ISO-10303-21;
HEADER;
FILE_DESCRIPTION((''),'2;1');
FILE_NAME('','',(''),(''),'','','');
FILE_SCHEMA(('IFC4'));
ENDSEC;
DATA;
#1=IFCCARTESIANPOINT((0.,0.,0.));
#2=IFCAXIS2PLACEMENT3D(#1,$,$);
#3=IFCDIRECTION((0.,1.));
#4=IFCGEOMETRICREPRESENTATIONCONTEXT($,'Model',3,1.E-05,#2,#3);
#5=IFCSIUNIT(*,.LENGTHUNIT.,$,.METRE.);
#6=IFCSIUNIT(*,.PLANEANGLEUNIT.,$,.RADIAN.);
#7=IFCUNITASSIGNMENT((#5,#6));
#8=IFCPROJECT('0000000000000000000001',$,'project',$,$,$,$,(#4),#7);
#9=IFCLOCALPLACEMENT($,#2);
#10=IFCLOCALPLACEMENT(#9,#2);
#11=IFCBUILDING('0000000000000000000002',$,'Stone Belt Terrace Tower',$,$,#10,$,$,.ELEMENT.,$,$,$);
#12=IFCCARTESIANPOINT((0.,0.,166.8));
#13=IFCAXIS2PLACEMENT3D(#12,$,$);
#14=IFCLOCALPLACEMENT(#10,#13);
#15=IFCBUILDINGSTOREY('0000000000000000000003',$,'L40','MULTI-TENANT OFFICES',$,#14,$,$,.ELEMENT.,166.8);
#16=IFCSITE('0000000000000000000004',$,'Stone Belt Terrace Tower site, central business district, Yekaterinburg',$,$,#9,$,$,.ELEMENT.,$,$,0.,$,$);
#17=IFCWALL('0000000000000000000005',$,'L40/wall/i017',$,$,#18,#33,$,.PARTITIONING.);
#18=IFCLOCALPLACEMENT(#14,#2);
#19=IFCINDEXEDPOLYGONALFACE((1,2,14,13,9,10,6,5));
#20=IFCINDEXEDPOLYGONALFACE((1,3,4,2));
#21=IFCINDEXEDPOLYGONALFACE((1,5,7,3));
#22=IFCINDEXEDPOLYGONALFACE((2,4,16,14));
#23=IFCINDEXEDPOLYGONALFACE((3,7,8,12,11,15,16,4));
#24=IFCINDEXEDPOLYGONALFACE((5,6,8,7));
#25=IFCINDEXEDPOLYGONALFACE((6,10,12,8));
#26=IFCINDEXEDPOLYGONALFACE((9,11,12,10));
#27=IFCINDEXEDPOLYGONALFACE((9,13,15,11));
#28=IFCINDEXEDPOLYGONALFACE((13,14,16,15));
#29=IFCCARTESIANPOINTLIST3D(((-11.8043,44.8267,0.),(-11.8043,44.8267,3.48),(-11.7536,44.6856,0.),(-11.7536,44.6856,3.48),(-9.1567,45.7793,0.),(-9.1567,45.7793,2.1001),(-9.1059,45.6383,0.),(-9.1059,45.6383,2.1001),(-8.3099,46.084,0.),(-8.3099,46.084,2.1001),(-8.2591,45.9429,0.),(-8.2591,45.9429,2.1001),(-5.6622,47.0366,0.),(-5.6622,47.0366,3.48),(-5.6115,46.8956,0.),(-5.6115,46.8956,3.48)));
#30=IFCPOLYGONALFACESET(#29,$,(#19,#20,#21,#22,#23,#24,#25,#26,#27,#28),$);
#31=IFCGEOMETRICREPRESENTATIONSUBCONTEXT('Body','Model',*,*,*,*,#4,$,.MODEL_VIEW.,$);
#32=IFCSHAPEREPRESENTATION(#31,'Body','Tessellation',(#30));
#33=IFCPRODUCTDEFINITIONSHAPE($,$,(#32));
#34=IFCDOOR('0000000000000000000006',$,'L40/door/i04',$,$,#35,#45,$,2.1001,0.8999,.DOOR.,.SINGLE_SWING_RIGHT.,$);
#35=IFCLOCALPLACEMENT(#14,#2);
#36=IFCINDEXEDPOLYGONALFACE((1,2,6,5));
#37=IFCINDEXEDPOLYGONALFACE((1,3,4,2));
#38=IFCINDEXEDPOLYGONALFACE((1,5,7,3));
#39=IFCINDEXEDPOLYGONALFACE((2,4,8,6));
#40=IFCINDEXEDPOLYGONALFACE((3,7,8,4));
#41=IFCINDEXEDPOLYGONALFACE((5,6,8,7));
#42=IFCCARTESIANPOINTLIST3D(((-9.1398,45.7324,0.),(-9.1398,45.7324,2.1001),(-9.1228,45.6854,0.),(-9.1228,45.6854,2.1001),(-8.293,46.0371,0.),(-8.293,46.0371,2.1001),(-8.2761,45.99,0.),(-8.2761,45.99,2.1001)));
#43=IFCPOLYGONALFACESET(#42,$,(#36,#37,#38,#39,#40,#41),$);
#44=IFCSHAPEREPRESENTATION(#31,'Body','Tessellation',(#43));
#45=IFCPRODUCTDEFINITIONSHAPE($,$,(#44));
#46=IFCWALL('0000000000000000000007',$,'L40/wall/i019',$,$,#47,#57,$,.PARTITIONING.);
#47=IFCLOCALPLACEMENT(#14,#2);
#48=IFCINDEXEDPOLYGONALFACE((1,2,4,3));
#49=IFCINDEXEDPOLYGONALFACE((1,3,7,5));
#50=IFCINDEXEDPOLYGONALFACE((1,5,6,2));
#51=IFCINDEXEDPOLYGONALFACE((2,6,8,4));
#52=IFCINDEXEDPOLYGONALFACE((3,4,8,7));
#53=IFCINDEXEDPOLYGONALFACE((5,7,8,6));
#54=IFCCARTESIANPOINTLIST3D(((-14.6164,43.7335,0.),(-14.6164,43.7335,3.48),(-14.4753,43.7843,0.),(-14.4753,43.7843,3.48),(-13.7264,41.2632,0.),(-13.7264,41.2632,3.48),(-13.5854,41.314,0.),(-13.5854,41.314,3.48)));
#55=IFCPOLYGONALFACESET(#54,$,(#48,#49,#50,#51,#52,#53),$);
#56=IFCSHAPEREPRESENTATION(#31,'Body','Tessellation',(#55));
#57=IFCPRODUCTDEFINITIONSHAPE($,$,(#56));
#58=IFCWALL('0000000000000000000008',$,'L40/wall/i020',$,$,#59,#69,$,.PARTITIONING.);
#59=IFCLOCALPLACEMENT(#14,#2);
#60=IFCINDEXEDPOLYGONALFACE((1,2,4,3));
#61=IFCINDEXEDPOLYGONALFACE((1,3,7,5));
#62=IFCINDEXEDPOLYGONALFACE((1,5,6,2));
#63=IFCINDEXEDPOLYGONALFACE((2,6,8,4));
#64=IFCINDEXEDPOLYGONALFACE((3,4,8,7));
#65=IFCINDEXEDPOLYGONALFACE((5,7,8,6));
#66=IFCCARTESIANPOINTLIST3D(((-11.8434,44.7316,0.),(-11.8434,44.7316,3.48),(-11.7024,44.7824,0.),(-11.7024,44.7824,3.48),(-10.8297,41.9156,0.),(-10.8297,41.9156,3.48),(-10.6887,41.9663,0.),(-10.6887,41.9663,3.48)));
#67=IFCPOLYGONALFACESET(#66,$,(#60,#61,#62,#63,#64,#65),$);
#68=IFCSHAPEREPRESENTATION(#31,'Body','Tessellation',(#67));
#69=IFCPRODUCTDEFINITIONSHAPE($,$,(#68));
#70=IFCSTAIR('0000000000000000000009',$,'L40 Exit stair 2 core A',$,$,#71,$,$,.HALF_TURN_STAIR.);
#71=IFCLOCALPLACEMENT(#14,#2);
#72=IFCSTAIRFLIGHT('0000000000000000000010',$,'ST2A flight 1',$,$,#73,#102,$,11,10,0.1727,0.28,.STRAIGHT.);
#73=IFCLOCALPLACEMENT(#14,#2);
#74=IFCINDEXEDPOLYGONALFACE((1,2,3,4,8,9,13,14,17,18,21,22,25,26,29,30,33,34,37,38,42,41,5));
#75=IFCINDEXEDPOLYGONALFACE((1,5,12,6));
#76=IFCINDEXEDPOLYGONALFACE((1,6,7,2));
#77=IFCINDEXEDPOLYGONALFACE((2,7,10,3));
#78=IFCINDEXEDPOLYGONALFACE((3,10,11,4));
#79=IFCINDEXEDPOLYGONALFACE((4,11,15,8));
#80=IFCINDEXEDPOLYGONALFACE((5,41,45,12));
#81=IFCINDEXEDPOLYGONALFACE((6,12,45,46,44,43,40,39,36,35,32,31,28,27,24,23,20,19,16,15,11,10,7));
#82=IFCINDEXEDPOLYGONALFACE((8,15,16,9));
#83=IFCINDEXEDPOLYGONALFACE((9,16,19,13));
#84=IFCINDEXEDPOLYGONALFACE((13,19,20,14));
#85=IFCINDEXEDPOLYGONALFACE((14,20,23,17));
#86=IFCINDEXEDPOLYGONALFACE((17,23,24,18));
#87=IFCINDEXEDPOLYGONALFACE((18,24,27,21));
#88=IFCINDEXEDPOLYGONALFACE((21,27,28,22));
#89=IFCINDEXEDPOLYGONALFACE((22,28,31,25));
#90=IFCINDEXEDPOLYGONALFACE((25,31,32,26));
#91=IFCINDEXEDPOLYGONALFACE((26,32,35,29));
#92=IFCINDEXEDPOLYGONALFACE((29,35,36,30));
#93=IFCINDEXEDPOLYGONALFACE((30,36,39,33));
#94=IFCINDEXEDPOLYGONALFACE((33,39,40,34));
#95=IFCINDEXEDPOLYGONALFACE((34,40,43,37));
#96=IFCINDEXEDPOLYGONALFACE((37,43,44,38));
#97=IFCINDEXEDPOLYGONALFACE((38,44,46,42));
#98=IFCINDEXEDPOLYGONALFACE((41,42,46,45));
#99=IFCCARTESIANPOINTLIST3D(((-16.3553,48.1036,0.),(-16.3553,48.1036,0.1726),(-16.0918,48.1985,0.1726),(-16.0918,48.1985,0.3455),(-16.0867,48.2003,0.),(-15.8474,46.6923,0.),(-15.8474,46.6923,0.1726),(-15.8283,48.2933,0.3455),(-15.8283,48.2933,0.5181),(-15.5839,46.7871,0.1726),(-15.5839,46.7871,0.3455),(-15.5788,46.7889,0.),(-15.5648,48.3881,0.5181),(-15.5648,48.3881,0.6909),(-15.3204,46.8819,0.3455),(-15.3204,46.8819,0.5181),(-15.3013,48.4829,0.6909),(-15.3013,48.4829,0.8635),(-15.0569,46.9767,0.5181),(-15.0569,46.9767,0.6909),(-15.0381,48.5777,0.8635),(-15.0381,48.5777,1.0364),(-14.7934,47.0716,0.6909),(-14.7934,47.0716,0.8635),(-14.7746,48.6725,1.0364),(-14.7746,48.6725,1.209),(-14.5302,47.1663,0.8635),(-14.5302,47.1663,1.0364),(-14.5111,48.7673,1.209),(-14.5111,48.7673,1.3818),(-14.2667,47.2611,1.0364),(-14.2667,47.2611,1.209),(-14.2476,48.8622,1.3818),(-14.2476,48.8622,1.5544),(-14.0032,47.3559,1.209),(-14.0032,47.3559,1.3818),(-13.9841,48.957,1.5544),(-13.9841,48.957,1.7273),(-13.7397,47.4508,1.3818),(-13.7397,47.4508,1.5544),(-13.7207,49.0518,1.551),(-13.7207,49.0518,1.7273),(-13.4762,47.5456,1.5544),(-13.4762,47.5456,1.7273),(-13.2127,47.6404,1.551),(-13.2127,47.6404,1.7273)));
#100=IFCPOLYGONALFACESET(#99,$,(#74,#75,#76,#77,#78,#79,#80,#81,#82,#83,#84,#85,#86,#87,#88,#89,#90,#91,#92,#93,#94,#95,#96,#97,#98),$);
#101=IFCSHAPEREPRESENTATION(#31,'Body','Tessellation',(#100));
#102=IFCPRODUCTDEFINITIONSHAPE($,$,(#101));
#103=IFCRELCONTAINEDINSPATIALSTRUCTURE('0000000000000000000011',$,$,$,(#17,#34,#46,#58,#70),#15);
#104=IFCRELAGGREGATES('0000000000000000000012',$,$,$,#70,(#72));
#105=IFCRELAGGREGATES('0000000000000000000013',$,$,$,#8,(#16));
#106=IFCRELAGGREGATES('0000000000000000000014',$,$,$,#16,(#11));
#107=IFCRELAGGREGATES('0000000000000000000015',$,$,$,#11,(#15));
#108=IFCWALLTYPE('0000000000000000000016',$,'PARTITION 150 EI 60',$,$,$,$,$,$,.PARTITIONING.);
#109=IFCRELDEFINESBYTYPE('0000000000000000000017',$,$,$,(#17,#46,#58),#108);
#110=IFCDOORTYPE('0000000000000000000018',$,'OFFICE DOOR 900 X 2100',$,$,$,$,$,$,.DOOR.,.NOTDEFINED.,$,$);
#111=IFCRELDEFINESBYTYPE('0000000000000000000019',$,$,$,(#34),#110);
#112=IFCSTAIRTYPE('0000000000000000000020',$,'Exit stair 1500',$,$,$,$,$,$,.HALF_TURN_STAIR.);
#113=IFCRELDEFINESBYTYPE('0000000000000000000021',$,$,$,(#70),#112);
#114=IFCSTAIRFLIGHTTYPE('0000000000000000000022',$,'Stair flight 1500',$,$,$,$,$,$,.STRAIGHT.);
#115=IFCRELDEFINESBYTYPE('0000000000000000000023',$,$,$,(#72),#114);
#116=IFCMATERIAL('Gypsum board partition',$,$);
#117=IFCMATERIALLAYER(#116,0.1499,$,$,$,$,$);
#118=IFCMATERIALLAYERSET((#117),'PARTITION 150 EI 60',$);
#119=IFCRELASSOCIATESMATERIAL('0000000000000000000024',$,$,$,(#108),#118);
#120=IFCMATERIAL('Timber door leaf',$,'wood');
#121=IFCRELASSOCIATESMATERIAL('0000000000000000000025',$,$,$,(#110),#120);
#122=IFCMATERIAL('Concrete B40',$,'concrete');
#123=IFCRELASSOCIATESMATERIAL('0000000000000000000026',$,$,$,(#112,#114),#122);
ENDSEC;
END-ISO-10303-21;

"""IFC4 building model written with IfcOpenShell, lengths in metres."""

from ifc_helpers import new_model, si_unit, direction, frame, frame_2d, origin, place, context, subcontext, project, spatial, polyline, rectangle, outline, extrude, material, layer, layer_set, type_object, element, fill, aggregate, save


model = new_model("IFC4")

# Units and contexts
model_context = context("Model", 3, precision=1e-05, world=origin(), true_north=direction((0.0, 1.0)))
body_context = subcontext(model_context, "Body", "Model", "MODEL_VIEW")
ifc_project = project(units=[si_unit("LENGTHUNIT", "METRE"), si_unit("PLANEANGLEUNIT", "RADIAN")], contexts=[model_context])

# Site, building, storey
site_placement = place(None, origin())
site = spatial("IfcSite", under=ifc_project, at=site_placement, Name="Stone Belt Terrace Tower site, central business district, Yekaterinburg", CompositionType="ELEMENT", RefElevation=0.0)
building_placement = place(site_placement, origin())
building = spatial("IfcBuilding", under=site, at=building_placement, Name="Stone Belt Terrace Tower", CompositionType="ELEMENT")
storey_placement = place(building_placement, frame((0.0, 0.0, 166.8)))
storey = spatial("IfcBuildingStorey", under=building, at=storey_placement, Name="L40", Description="MULTI-TENANT OFFICES", CompositionType="ELEMENT", Elevation=166.8)

# Shared definitions
ifc_material_1 = material(Name="Gypsum board partition")
ifc_layer_1 = layer(ifc_material_1, 0.1499)
ifc_layer_set_1 = layer_set([ifc_layer_1], Name="PARTITION 150 EI 60")
wall_type = type_object("IfcWallType", Name="PARTITION 150 EI 60", PredefinedType="PARTITIONING", material=ifc_layer_set_1)

# Wall, opening, door
ifc_material_2 = material(Name="Timber door leaf", Category="wood")
door_type = type_object("IfcDoorType", Name="OFFICE DOOR 900 X 2100", OperationType="NOTDEFINED", PredefinedType="DOOR", material=ifc_material_2)
wall_1_placement = place(storey_placement, frame((-5.637, 46.9661, 0.0), z_axis=(0.0, 0.0, 1.0), x_axis=(-0.940946, -0.338558, 0.0)))
wall_1 = element("IfcWall", 1, at=wall_1_placement, inside=storey, type_object=wall_type, Name="L40/wall/i017", PredefinedType="PARTITIONING", context=body_context, shape_type="SweptSolid", body=[
    extrude(rectangle(XDim=6.5276, YDim=0.1499, at=frame_2d((3.2637, 0.0))), origin(), (0.0, 0.0, 1.0), 3.48),
])
opening_1_placement = place(wall_1_placement, frame((2.8137, 0.0, 0.0)))
opening_1 = element("IfcOpeningElement", 2, at=opening_1_placement, cuts=wall_1, PredefinedType="OPENING", context=body_context, shape_type="SweptSolid", body=[
    extrude(rectangle(XDim=0.8999, YDim=2.1001, at=frame_2d((0.45, 1.05))), frame((0.0, 0.085, 0.0), z_axis=(0.0, -1.0, 0.0), x_axis=(1.0, 0.0, 0.0)), (0.0, 0.0, 1.0), 0.1699),
])
door_1_placement = place(opening_1_placement, origin())
door_1 = element("IfcDoor", 3, at=door_1_placement, inside=storey, type_object=door_type, Name="L40/door/i04", OperationType="SINGLE_SWING_RIGHT", OverallHeight=2.1001, OverallWidth=0.8999, PredefinedType="DOOR", context=body_context, shape_type="SweptSolid", body=[
    extrude(rectangle(XDim=0.8999, YDim=2.1001, at=frame_2d((0.45, 1.05))), frame((0.0, 0.0249, 0.0), z_axis=(0.0, -1.0, 0.0), x_axis=(1.0, 0.0, 0.0)), (0.0, 0.0, 1.0), 0.05),
])
fill(opening_1, door_1)

# Walls
wall_2_placement = place(storey_placement, frame((-14.5459, 43.759, 0.0), z_axis=(0.0, 0.0, 1.0), x_axis=(0.338927, -0.940813, 0.0)))
element("IfcWall", 4, at=wall_2_placement, inside=storey, type_object=wall_type, Name="L40/wall/i019", PredefinedType="PARTITIONING", context=body_context, shape_type="SweptSolid", body=[
    extrude(rectangle(XDim=2.6257, YDim=0.1499, at=frame_2d((1.313, 0.0))), origin(), (0.0, 0.0, 1.0), 3.48),
])
wall_3_placement = place(storey_placement, frame((-11.7729, 44.7571, 0.0), z_axis=(0.0, 0.0, 1.0), x_axis=(0.338702, -0.940894, 0.0)))
element("IfcWall", 5, at=wall_3_placement, inside=storey, type_object=wall_type, Name="L40/wall/i020", PredefinedType="PARTITIONING", context=body_context, shape_type="SweptSolid", body=[
    extrude(rectangle(XDim=2.9929, YDim=0.1499, at=frame_2d((1.4966, 0.0))), origin(), (0.0, 0.0, 1.0), 3.48),
])

# Stair, stair flight
ifc_material_3 = material(Name="Concrete B40", Category="concrete")
stair_type = type_object("IfcStairType", Name="Exit stair 1500", PredefinedType="HALF_TURN_STAIR", material=ifc_material_3)
stair_placement = place(storey_placement, origin())
stair = element("IfcStair", 6, at=stair_placement, inside=storey, type_object=stair_type, Name="L40 Exit stair 2 core A", PredefinedType="HALF_TURN_STAIR")
stair_flight_type = type_object("IfcStairFlightType", Name="Stair flight 1500", PredefinedType="STRAIGHT", material=ifc_material_3)
stair_flight_placement = place(storey_placement, frame((-16.1013, 47.3979, 0.0), z_axis=(0.0, 0.0, 1.0), x_axis=(0.940922, 0.338624, 0.0)))
stair_flight = element("IfcStairFlight", 7, at=stair_flight_placement, type_object=stair_flight_type, Name="ST2A flight 1", NumberOfRisers=11, NumberOfTreads=10, PredefinedType="STRAIGHT", RiserHeight=0.1727, TreadLength=0.28, context=body_context, shape_type="SweptSolid", body=[
    extrude(outline(polyline([(0.0, 0.0), (0.0, 0.1726), (0.28, 0.1726), (0.28, 0.3455), (0.5601, 0.3455), (0.5601, 0.5181), (0.8401, 0.5181), (0.8401, 0.6909), (1.1201, 0.6909), (1.1201, 0.8635), (1.3999, 0.8635), (1.3999, 1.0364), (1.6799, 1.0364), (1.6799, 1.209), (1.96, 1.209), (1.96, 1.3818), (2.24, 1.3818), (2.24, 1.5544), (2.52, 1.5544), (2.52, 1.7273), (2.8, 1.7273), (2.8, 1.8999), (2.8, 1.551), (0.2854, 0.0), (0.0, 0.0)])), frame((0.0, 0.75, 0.0), z_axis=(0.0, -1.0, 0.0), x_axis=(1.0, 0.0, 0.0)), (0.0, 0.0, 1.0), 1.5),
])
aggregate(stair, [stair_flight])

save(model, "model.ifc")
